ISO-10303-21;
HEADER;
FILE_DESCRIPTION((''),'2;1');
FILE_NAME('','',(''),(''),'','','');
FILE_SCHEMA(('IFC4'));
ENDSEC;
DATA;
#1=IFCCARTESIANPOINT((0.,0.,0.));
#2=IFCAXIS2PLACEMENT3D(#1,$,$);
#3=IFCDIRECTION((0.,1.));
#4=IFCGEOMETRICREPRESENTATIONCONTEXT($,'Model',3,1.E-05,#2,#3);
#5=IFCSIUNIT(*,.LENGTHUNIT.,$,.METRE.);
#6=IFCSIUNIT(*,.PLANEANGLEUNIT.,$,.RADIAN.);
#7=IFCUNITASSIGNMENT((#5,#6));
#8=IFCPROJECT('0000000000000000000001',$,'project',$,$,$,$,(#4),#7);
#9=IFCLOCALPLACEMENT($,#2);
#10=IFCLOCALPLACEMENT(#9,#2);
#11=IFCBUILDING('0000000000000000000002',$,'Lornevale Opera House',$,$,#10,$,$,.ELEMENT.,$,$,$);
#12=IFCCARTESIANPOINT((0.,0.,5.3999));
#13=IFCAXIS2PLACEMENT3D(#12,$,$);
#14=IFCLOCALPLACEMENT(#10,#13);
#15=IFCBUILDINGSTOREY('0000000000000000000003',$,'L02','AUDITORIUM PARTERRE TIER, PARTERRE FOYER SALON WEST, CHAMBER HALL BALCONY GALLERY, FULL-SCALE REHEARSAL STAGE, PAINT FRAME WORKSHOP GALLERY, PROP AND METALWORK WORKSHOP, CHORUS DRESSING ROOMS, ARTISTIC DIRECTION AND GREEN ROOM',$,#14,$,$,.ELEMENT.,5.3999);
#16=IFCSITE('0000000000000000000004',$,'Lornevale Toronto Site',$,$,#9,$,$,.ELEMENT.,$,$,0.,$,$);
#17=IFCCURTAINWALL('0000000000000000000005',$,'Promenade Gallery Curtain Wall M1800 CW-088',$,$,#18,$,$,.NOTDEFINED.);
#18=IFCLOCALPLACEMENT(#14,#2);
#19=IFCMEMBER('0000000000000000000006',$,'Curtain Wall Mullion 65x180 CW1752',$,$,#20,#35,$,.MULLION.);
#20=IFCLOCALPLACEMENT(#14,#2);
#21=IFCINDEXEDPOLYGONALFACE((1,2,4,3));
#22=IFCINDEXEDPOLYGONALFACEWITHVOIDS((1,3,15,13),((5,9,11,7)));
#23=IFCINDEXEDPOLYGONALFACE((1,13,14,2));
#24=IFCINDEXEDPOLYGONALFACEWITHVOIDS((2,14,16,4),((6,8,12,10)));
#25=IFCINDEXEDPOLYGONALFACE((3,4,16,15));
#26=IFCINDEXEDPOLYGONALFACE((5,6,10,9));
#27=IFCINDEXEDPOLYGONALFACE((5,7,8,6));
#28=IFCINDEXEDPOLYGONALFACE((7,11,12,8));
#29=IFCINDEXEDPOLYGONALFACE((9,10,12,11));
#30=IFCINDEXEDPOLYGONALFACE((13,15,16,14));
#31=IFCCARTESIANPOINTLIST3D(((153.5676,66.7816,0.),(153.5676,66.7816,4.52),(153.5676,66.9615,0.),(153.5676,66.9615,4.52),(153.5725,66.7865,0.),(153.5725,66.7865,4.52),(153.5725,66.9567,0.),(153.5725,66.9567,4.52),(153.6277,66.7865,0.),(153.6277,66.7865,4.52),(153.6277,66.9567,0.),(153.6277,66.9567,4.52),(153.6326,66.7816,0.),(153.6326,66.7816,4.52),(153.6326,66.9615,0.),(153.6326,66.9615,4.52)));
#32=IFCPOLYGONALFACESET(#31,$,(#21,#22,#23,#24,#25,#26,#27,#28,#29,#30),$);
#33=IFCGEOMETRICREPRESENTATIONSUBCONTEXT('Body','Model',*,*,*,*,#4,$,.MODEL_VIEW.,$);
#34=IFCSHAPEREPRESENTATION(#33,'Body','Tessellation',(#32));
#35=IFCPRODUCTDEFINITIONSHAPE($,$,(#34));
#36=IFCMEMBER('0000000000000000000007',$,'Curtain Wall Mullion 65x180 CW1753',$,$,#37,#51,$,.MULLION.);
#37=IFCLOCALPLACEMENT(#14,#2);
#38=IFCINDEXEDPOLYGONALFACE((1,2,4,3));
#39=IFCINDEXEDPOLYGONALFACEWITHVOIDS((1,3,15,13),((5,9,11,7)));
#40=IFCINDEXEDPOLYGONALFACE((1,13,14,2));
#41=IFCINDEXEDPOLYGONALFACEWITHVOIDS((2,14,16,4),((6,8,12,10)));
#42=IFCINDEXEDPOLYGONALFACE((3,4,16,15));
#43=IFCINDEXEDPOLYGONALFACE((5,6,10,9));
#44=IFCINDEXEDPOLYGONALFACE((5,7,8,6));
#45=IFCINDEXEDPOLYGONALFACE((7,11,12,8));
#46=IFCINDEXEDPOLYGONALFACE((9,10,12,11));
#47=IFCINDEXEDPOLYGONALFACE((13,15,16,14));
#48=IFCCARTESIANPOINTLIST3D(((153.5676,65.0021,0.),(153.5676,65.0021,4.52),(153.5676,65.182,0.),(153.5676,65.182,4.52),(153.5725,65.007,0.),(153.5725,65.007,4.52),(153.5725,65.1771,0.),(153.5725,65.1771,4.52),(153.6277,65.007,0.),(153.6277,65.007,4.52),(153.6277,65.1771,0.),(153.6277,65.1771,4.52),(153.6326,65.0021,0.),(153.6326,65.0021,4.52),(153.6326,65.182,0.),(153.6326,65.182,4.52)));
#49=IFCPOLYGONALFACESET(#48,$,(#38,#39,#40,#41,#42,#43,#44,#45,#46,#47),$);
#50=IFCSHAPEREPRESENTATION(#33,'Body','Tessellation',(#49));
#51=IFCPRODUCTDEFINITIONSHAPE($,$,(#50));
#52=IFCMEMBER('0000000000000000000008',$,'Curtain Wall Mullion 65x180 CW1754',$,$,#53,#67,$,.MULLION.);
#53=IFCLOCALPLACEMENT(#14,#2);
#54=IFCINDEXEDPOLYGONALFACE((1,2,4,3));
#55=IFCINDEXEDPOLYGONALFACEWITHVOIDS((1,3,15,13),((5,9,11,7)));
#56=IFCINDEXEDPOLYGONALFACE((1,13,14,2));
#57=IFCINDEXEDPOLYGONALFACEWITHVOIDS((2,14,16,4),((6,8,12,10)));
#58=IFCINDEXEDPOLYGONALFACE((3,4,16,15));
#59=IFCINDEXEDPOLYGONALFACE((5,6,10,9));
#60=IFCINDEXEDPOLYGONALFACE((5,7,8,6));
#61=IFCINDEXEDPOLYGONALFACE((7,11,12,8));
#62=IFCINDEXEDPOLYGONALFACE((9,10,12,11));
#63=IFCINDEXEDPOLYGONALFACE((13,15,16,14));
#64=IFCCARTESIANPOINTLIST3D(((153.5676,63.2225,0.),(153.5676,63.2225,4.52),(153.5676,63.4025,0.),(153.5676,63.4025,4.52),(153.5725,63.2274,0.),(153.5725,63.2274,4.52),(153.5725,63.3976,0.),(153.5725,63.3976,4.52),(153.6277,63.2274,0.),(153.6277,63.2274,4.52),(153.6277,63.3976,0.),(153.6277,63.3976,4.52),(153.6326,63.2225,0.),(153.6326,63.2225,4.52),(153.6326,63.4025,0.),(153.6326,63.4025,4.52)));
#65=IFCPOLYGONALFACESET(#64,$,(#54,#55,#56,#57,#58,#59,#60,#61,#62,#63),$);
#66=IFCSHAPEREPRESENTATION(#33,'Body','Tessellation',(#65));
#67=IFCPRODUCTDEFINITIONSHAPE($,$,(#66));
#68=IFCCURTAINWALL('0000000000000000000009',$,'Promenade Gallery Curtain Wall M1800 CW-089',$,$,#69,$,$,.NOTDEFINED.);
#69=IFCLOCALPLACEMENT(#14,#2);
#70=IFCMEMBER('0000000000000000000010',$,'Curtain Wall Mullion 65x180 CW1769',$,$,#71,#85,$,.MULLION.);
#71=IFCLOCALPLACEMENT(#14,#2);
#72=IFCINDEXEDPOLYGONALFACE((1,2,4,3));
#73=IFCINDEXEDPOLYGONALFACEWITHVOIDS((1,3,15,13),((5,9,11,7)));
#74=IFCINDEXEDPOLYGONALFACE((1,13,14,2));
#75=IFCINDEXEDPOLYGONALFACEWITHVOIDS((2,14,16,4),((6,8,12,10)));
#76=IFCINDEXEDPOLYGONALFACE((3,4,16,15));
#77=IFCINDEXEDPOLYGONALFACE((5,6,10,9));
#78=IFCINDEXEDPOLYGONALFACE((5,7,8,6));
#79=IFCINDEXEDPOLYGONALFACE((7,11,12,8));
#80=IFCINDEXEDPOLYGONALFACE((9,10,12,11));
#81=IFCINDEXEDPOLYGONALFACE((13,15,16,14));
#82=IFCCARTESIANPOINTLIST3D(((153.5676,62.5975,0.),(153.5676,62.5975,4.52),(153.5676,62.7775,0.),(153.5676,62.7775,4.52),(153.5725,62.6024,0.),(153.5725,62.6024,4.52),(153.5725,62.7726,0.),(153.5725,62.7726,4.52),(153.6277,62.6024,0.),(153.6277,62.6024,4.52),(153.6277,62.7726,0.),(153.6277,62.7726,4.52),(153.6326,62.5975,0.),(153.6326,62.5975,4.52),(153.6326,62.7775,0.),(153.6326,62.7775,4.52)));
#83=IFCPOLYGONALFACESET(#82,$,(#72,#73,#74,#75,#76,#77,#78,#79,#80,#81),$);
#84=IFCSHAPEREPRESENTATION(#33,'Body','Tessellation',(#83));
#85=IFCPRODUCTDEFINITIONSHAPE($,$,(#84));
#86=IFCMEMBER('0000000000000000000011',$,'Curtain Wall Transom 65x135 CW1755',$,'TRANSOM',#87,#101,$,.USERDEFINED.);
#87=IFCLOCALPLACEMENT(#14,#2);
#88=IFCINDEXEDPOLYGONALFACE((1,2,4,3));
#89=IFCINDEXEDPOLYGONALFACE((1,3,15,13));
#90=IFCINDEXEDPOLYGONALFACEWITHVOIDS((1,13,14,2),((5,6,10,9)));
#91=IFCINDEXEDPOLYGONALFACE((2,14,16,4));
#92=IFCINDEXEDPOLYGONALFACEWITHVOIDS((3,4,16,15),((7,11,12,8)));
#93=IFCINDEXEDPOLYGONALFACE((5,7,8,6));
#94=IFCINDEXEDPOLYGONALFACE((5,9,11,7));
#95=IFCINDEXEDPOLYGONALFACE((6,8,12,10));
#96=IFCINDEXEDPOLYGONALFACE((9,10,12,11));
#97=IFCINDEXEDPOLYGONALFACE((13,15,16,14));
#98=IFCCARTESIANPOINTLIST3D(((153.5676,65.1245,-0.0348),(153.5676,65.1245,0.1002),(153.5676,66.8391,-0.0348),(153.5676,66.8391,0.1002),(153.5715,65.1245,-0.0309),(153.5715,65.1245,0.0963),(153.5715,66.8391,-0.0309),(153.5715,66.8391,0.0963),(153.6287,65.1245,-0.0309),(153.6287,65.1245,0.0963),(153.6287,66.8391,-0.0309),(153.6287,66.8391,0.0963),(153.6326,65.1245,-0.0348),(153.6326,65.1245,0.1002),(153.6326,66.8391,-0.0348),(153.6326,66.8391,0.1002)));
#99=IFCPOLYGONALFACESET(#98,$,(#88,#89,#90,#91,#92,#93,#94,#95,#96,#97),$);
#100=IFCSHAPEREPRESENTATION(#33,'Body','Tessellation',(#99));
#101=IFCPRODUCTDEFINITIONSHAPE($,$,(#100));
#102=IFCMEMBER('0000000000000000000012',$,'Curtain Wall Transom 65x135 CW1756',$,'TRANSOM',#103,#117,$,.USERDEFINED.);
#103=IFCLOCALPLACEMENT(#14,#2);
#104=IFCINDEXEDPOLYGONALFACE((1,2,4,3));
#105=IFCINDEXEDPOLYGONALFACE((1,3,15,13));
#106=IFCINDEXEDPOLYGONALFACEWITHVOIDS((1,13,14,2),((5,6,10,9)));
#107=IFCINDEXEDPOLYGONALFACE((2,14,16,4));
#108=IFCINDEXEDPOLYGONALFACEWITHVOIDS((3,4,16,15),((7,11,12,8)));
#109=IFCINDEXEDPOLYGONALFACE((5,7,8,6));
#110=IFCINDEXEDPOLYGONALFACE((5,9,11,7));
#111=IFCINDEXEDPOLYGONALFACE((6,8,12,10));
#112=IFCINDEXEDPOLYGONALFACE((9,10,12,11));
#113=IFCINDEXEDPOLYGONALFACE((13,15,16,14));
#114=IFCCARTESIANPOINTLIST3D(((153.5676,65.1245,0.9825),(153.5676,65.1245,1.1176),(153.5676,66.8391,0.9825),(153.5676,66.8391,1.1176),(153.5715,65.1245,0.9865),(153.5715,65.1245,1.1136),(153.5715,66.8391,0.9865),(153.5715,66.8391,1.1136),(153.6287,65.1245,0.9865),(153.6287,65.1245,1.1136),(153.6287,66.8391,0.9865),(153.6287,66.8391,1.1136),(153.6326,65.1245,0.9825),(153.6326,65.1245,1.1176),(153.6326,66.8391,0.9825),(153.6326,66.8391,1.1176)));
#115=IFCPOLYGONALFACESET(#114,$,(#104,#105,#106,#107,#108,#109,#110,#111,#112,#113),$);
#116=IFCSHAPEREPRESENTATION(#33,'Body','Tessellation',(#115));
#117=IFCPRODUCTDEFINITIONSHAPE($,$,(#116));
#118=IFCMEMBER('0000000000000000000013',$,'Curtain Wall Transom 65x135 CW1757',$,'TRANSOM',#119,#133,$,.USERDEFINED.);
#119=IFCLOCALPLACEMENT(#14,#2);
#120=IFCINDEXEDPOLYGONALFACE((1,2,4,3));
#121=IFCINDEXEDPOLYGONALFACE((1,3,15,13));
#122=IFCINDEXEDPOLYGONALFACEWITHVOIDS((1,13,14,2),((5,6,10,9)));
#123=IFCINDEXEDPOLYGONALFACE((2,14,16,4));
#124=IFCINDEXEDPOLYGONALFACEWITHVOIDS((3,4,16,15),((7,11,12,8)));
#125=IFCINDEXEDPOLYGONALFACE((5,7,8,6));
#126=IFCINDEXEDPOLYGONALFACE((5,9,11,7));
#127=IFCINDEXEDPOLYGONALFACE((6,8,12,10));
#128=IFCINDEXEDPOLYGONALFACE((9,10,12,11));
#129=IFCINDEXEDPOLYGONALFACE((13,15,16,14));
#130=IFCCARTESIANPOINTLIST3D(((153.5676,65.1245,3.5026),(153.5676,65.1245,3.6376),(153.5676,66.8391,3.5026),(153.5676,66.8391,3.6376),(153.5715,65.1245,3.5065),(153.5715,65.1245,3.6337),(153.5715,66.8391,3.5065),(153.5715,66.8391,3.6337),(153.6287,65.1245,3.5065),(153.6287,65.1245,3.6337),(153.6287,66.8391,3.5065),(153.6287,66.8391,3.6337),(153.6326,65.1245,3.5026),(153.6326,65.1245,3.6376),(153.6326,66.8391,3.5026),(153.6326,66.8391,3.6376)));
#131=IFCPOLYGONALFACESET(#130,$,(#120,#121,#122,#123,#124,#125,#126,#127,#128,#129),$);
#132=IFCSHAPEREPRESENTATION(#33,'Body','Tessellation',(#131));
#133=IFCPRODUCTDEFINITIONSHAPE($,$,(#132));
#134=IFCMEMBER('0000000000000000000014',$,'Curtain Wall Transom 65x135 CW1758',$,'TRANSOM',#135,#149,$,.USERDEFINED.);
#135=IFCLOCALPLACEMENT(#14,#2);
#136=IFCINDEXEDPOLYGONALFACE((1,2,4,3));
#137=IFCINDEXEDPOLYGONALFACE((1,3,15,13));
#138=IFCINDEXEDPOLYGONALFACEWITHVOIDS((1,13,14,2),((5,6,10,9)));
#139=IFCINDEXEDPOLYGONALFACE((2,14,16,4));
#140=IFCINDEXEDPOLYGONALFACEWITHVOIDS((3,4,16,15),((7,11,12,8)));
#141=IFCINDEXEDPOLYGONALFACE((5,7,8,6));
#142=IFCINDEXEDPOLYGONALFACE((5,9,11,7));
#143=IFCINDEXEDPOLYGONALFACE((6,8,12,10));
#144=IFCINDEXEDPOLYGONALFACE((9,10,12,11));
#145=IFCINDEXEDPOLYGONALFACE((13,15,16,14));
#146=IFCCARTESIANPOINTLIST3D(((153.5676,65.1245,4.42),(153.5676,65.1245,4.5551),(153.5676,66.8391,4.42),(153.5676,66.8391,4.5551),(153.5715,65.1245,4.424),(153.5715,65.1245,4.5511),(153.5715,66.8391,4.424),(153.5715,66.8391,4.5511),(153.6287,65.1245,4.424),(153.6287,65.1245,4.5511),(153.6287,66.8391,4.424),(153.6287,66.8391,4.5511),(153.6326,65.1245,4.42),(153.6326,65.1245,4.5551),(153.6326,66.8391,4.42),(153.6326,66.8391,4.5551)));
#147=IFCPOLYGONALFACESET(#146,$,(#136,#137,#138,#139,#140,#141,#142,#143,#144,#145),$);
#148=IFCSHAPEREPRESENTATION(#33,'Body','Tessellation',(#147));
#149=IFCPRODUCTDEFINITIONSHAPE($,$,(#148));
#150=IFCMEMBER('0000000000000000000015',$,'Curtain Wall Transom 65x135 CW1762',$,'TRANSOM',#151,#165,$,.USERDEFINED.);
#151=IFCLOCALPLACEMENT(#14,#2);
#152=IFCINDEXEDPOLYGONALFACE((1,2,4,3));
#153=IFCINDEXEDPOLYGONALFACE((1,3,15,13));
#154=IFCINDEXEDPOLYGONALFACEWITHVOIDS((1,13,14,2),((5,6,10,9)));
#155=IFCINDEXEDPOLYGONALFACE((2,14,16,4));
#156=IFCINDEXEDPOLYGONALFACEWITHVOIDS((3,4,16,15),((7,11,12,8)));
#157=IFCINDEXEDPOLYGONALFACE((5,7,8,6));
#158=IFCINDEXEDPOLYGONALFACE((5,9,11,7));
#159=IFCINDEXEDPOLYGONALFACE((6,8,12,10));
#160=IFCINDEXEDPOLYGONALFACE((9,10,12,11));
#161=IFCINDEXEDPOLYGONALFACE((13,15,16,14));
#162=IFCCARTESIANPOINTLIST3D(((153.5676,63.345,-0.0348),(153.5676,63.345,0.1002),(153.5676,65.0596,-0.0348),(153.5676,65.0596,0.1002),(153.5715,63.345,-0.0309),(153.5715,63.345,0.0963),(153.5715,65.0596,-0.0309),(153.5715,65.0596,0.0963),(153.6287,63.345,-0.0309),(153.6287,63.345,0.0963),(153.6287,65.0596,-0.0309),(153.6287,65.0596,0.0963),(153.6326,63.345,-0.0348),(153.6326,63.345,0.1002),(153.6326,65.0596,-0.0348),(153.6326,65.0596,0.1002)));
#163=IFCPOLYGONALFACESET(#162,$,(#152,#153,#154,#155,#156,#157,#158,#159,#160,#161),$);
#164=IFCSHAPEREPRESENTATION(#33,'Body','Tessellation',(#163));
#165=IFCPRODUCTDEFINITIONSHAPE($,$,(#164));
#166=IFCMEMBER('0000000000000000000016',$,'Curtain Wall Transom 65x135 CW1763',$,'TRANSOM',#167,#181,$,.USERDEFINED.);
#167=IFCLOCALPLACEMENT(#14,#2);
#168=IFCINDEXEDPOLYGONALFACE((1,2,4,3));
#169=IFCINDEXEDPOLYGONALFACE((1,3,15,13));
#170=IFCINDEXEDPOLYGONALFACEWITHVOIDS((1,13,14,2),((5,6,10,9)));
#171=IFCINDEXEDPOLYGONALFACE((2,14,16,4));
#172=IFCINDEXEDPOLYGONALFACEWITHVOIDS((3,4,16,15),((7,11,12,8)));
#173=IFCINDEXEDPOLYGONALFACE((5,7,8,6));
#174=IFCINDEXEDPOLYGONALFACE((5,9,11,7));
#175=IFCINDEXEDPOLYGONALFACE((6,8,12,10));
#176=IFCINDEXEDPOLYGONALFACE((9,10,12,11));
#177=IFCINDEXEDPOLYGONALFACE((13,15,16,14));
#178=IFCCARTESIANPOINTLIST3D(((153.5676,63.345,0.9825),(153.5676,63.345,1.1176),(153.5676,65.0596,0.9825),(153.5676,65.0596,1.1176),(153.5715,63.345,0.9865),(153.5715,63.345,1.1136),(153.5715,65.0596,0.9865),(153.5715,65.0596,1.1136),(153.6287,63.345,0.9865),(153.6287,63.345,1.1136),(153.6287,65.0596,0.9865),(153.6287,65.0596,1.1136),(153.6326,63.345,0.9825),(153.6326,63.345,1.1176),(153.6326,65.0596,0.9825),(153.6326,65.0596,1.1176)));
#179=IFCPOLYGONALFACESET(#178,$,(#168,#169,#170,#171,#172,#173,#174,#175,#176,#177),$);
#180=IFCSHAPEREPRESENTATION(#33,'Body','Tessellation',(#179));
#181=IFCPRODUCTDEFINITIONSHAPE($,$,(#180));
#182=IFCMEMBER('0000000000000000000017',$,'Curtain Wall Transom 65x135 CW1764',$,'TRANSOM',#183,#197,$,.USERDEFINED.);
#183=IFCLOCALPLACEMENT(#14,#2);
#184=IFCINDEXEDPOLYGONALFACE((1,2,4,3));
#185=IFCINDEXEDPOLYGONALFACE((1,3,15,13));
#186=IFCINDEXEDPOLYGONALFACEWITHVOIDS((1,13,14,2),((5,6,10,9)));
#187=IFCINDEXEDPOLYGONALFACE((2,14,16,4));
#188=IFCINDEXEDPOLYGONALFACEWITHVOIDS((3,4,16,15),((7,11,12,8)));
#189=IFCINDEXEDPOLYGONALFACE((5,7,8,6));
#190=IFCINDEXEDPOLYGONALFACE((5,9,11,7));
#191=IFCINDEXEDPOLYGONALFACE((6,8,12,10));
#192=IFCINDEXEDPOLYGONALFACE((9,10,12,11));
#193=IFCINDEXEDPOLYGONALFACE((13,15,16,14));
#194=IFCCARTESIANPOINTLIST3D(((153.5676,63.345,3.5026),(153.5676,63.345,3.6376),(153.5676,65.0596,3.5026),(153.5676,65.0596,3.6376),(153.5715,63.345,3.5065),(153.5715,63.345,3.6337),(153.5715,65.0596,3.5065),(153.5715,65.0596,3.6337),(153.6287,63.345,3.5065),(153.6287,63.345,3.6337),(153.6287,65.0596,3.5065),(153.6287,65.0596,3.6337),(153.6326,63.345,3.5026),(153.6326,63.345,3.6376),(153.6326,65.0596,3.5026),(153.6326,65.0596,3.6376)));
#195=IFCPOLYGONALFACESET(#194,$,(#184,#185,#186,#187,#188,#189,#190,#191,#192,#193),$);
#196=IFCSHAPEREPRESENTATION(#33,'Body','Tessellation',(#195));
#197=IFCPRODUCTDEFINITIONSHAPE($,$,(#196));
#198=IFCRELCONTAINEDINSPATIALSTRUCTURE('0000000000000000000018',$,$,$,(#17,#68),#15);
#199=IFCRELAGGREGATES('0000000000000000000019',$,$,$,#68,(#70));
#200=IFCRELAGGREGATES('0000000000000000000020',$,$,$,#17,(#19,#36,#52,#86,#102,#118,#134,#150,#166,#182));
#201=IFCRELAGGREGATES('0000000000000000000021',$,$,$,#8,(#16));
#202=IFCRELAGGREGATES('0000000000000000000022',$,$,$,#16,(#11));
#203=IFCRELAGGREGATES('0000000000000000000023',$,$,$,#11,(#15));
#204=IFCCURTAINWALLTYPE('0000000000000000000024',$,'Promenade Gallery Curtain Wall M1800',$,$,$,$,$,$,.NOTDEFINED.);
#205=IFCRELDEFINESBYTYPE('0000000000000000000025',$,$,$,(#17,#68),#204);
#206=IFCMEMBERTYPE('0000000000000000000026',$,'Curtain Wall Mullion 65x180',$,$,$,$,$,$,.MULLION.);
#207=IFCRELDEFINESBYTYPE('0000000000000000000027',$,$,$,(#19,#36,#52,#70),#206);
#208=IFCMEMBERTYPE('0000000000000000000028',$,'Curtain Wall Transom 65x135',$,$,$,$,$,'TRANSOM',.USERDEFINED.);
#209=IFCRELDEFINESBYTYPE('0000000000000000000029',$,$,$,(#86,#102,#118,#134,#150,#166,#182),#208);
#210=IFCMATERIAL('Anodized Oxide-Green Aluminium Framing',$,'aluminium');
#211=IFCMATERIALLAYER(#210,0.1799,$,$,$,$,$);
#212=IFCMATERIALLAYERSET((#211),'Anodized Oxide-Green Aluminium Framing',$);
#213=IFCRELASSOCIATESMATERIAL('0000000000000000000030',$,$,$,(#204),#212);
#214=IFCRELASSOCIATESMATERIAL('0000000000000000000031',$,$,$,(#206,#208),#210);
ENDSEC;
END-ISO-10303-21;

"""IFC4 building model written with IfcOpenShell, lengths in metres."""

from ifc_helpers import new_model, si_unit, direction, frame, origin, origin_2d, place, context, subcontext, project, spatial, hollow_rectangle, extrude, material, layer, layer_set, material_profile, profile_set, type_object, element, aggregate, save


model = new_model("IFC4")

# Units and contexts
model_context = context("Model", 3, precision=1e-05, world=origin(), true_north=direction((0.0, 1.0)))
body_context = subcontext(model_context, "Body", "Model", "MODEL_VIEW")
ifc_project = project(units=[si_unit("LENGTHUNIT", "METRE"), si_unit("PLANEANGLEUNIT", "RADIAN")], contexts=[model_context])

# Site, building, storey
site_placement = place(None, origin())
site = spatial("IfcSite", under=ifc_project, at=site_placement, Name="Lornevale Toronto Site", CompositionType="ELEMENT", RefElevation=0.0)
building_placement = place(site_placement, origin())
building = spatial("IfcBuilding", under=site, at=building_placement, Name="Lornevale Opera House", CompositionType="ELEMENT")
storey_placement = place(building_placement, frame((0.0, 0.0, 5.3999)))
storey = spatial("IfcBuildingStorey", under=building, at=storey_placement, Name="L02", Description="AUDITORIUM PARTERRE TIER, PARTERRE FOYER SALON WEST, CHAMBER HALL BALCONY GALLERY, FULL-SCALE REHEARSAL STAGE, PAINT FRAME WORKSHOP GALLERY, PROP AND METALWORK WORKSHOP, CHORUS DRESSING ROOMS, ARTISTIC DIRECTION AND GREEN ROOM", CompositionType="ELEMENT", Elevation=5.3999)

# Curtain wall, members
ifc_material_1 = material(Name="Anodized Oxide-Green Aluminium Framing", Category="aluminium")
ifc_layer_1 = layer(ifc_material_1, 0.1799)
ifc_layer_set_1 = layer_set([ifc_layer_1], Name="Anodized Oxide-Green Aluminium Framing")
curtain_wall_type = type_object("IfcCurtainWallType", Name="Promenade Gallery Curtain Wall M1800", PredefinedType="NOTDEFINED", material=ifc_layer_set_1)
curtain_wall_1_placement = place(storey_placement, origin())
curtain_wall_1 = element("IfcCurtainWall", 1, at=curtain_wall_1_placement, inside=storey, type_object=curtain_wall_type, Name="Promenade Gallery Curtain Wall M1800 CW-088", PredefinedType="NOTDEFINED")
ifc_material_profile_1 = material_profile(ifc_material_1, hollow_rectangle(XDim=0.0649, YDim=0.1799, WallThickness=0.0049, at=origin_2d()), Name="ALU65x180x5")
ifc_profile_set_1 = profile_set([ifc_material_profile_1], Name="Anodized Oxide-Green Aluminium Framing")
member_type_1 = type_object("IfcMemberType", Name="Curtain Wall Mullion 65x180", PredefinedType="MULLION", material=ifc_profile_set_1)
member_1_placement = place(storey_placement, frame((153.6001, 66.8716, 0.0), z_axis=(0.0, 0.0, 1.0), x_axis=(1.0, 0.0, 0.0)))
member_1 = element("IfcMember", 2, at=member_1_placement, type_object=member_type_1, Name="Curtain Wall Mullion 65x180 CW1752", PredefinedType="MULLION", context=body_context, shape_type="SweptSolid", body=[
    extrude(hollow_rectangle(XDim=0.0649, YDim=0.1799, WallThickness=0.0049, at=origin_2d()), origin(), (0.0, 0.0, 1.0), 4.52),
])
member_2_placement = place(storey_placement, frame((153.6001, 65.092, 0.0), z_axis=(0.0, 0.0, 1.0), x_axis=(1.0, 0.0, 0.0)))
member_2 = element("IfcMember", 3, at=member_2_placement, type_object=member_type_1, Name="Curtain Wall Mullion 65x180 CW1753", PredefinedType="MULLION", context=body_context, shape_type="SweptSolid", body=[
    extrude(hollow_rectangle(XDim=0.0649, YDim=0.1799, WallThickness=0.0049, at=origin_2d()), origin(), (0.0, 0.0, 1.0), 4.52),
])
member_3_placement = place(storey_placement, frame((153.6001, 63.3125, 0.0), z_axis=(0.0, 0.0, 1.0), x_axis=(1.0, 0.0, 0.0)))
member_3 = element("IfcMember", 4, at=member_3_placement, type_object=member_type_1, Name="Curtain Wall Mullion 65x180 CW1754", PredefinedType="MULLION", context=body_context, shape_type="SweptSolid", body=[
    extrude(hollow_rectangle(XDim=0.0649, YDim=0.1799, WallThickness=0.0049, at=origin_2d()), origin(), (0.0, 0.0, 1.0), 4.52),
])

# Curtain wall, member
curtain_wall_2_placement = place(storey_placement, origin())
curtain_wall_2 = element("IfcCurtainWall", 5, at=curtain_wall_2_placement, inside=storey, type_object=curtain_wall_type, Name="Promenade Gallery Curtain Wall M1800 CW-089", PredefinedType="NOTDEFINED")
member_4_placement = place(storey_placement, frame((153.6001, 62.6875, 0.0), z_axis=(0.0, 0.0, 1.0), x_axis=(1.0, 0.0, 0.0)))
member_4 = element("IfcMember", 6, at=member_4_placement, type_object=member_type_1, Name="Curtain Wall Mullion 65x180 CW1769", PredefinedType="MULLION", context=body_context, shape_type="SweptSolid", body=[
    extrude(hollow_rectangle(XDim=0.0649, YDim=0.1799, WallThickness=0.0049, at=origin_2d()), origin(), (0.0, 0.0, 1.0), 4.52),
])

# Members
ifc_material_profile_2 = material_profile(ifc_material_1, hollow_rectangle(XDim=0.0649, YDim=0.135, WallThickness=0.0039, at=origin_2d()), Name="ALU65x135x4")
ifc_profile_set_2 = profile_set([ifc_material_profile_2], Name="Anodized Oxide-Green Aluminium Framing")
member_type_2 = type_object("IfcMemberType", Name="Curtain Wall Transom 65x135", ElementType="TRANSOM", PredefinedType="USERDEFINED", material=ifc_profile_set_2)
member_5_placement = place(storey_placement, frame((153.6001, 66.8391, 0.0327), z_axis=(0.0, -1.0, 0.0), x_axis=(1.0, 0.0, 0.0)))
member_5 = element("IfcMember", 7, at=member_5_placement, type_object=member_type_2, Name="Curtain Wall Transom 65x135 CW1755", ObjectType="TRANSOM", PredefinedType="USERDEFINED", context=body_context, shape_type="SweptSolid", body=[
    extrude(hollow_rectangle(XDim=0.0649, YDim=0.135, WallThickness=0.0039, at=origin_2d()), origin(), (0.0, 0.0, 1.0), 1.7146),
])
member_6_placement = place(storey_placement, frame((153.6001, 66.8391, 1.05), z_axis=(0.0, -1.0, 0.0), x_axis=(1.0, 0.0, 0.0)))
member_6 = element("IfcMember", 8, at=member_6_placement, type_object=member_type_2, Name="Curtain Wall Transom 65x135 CW1756", ObjectType="TRANSOM", PredefinedType="USERDEFINED", context=body_context, shape_type="SweptSolid", body=[
    extrude(hollow_rectangle(XDim=0.0649, YDim=0.135, WallThickness=0.0039, at=origin_2d()), origin(), (0.0, 0.0, 1.0), 1.7146),
])
member_7_placement = place(storey_placement, frame((153.6001, 66.8391, 3.5701), z_axis=(0.0, -1.0, 0.0), x_axis=(1.0, 0.0, 0.0)))
member_7 = element("IfcMember", 9, at=member_7_placement, type_object=member_type_2, Name="Curtain Wall Transom 65x135 CW1757", ObjectType="TRANSOM", PredefinedType="USERDEFINED", context=body_context, shape_type="SweptSolid", body=[
    extrude(hollow_rectangle(XDim=0.0649, YDim=0.135, WallThickness=0.0039, at=origin_2d()), origin(), (0.0, 0.0, 1.0), 1.7146),
])
member_8_placement = place(storey_placement, frame((153.6001, 66.8391, 4.4875), z_axis=(0.0, -1.0, 0.0), x_axis=(1.0, 0.0, 0.0)))
member_8 = element("IfcMember", 10, at=member_8_placement, type_object=member_type_2, Name="Curtain Wall Transom 65x135 CW1758", ObjectType="TRANSOM", PredefinedType="USERDEFINED", context=body_context, shape_type="SweptSolid", body=[
    extrude(hollow_rectangle(XDim=0.0649, YDim=0.135, WallThickness=0.0039, at=origin_2d()), origin(), (0.0, 0.0, 1.0), 1.7146),
])
member_9_placement = place(storey_placement, frame((153.6001, 65.0596, 0.0327), z_axis=(0.0, -1.0, 0.0), x_axis=(1.0, 0.0, 0.0)))
member_9 = element("IfcMember", 11, at=member_9_placement, type_object=member_type_2, Name="Curtain Wall Transom 65x135 CW1762", ObjectType="TRANSOM", PredefinedType="USERDEFINED", context=body_context, shape_type="SweptSolid", body=[
    extrude(hollow_rectangle(XDim=0.0649, YDim=0.135, WallThickness=0.0039, at=origin_2d()), origin(), (0.0, 0.0, 1.0), 1.7146),
])
member_10_placement = place(storey_placement, frame((153.6001, 65.0596, 1.05), z_axis=(0.0, -1.0, 0.0), x_axis=(1.0, 0.0, 0.0)))
member_10 = element("IfcMember", 12, at=member_10_placement, type_object=member_type_2, Name="Curtain Wall Transom 65x135 CW1763", ObjectType="TRANSOM", PredefinedType="USERDEFINED", context=body_context, shape_type="SweptSolid", body=[
    extrude(hollow_rectangle(XDim=0.0649, YDim=0.135, WallThickness=0.0039, at=origin_2d()), origin(), (0.0, 0.0, 1.0), 1.7146),
])
member_11_placement = place(storey_placement, frame((153.6001, 65.0596, 3.5701), z_axis=(0.0, -1.0, 0.0), x_axis=(1.0, 0.0, 0.0)))
member_11 = element("IfcMember", 13, at=member_11_placement, type_object=member_type_2, Name="Curtain Wall Transom 65x135 CW1764", ObjectType="TRANSOM", PredefinedType="USERDEFINED", context=body_context, shape_type="SweptSolid", body=[
    extrude(hollow_rectangle(XDim=0.0649, YDim=0.135, WallThickness=0.0039, at=origin_2d()), origin(), (0.0, 0.0, 1.0), 1.7146),
])
aggregate(curtain_wall_2, [member_4])

aggregate(curtain_wall_1, [member_1, member_2, member_3, member_5, member_6, member_7, member_8, member_9, member_10, member_11])

save(model, "model.ifc")
